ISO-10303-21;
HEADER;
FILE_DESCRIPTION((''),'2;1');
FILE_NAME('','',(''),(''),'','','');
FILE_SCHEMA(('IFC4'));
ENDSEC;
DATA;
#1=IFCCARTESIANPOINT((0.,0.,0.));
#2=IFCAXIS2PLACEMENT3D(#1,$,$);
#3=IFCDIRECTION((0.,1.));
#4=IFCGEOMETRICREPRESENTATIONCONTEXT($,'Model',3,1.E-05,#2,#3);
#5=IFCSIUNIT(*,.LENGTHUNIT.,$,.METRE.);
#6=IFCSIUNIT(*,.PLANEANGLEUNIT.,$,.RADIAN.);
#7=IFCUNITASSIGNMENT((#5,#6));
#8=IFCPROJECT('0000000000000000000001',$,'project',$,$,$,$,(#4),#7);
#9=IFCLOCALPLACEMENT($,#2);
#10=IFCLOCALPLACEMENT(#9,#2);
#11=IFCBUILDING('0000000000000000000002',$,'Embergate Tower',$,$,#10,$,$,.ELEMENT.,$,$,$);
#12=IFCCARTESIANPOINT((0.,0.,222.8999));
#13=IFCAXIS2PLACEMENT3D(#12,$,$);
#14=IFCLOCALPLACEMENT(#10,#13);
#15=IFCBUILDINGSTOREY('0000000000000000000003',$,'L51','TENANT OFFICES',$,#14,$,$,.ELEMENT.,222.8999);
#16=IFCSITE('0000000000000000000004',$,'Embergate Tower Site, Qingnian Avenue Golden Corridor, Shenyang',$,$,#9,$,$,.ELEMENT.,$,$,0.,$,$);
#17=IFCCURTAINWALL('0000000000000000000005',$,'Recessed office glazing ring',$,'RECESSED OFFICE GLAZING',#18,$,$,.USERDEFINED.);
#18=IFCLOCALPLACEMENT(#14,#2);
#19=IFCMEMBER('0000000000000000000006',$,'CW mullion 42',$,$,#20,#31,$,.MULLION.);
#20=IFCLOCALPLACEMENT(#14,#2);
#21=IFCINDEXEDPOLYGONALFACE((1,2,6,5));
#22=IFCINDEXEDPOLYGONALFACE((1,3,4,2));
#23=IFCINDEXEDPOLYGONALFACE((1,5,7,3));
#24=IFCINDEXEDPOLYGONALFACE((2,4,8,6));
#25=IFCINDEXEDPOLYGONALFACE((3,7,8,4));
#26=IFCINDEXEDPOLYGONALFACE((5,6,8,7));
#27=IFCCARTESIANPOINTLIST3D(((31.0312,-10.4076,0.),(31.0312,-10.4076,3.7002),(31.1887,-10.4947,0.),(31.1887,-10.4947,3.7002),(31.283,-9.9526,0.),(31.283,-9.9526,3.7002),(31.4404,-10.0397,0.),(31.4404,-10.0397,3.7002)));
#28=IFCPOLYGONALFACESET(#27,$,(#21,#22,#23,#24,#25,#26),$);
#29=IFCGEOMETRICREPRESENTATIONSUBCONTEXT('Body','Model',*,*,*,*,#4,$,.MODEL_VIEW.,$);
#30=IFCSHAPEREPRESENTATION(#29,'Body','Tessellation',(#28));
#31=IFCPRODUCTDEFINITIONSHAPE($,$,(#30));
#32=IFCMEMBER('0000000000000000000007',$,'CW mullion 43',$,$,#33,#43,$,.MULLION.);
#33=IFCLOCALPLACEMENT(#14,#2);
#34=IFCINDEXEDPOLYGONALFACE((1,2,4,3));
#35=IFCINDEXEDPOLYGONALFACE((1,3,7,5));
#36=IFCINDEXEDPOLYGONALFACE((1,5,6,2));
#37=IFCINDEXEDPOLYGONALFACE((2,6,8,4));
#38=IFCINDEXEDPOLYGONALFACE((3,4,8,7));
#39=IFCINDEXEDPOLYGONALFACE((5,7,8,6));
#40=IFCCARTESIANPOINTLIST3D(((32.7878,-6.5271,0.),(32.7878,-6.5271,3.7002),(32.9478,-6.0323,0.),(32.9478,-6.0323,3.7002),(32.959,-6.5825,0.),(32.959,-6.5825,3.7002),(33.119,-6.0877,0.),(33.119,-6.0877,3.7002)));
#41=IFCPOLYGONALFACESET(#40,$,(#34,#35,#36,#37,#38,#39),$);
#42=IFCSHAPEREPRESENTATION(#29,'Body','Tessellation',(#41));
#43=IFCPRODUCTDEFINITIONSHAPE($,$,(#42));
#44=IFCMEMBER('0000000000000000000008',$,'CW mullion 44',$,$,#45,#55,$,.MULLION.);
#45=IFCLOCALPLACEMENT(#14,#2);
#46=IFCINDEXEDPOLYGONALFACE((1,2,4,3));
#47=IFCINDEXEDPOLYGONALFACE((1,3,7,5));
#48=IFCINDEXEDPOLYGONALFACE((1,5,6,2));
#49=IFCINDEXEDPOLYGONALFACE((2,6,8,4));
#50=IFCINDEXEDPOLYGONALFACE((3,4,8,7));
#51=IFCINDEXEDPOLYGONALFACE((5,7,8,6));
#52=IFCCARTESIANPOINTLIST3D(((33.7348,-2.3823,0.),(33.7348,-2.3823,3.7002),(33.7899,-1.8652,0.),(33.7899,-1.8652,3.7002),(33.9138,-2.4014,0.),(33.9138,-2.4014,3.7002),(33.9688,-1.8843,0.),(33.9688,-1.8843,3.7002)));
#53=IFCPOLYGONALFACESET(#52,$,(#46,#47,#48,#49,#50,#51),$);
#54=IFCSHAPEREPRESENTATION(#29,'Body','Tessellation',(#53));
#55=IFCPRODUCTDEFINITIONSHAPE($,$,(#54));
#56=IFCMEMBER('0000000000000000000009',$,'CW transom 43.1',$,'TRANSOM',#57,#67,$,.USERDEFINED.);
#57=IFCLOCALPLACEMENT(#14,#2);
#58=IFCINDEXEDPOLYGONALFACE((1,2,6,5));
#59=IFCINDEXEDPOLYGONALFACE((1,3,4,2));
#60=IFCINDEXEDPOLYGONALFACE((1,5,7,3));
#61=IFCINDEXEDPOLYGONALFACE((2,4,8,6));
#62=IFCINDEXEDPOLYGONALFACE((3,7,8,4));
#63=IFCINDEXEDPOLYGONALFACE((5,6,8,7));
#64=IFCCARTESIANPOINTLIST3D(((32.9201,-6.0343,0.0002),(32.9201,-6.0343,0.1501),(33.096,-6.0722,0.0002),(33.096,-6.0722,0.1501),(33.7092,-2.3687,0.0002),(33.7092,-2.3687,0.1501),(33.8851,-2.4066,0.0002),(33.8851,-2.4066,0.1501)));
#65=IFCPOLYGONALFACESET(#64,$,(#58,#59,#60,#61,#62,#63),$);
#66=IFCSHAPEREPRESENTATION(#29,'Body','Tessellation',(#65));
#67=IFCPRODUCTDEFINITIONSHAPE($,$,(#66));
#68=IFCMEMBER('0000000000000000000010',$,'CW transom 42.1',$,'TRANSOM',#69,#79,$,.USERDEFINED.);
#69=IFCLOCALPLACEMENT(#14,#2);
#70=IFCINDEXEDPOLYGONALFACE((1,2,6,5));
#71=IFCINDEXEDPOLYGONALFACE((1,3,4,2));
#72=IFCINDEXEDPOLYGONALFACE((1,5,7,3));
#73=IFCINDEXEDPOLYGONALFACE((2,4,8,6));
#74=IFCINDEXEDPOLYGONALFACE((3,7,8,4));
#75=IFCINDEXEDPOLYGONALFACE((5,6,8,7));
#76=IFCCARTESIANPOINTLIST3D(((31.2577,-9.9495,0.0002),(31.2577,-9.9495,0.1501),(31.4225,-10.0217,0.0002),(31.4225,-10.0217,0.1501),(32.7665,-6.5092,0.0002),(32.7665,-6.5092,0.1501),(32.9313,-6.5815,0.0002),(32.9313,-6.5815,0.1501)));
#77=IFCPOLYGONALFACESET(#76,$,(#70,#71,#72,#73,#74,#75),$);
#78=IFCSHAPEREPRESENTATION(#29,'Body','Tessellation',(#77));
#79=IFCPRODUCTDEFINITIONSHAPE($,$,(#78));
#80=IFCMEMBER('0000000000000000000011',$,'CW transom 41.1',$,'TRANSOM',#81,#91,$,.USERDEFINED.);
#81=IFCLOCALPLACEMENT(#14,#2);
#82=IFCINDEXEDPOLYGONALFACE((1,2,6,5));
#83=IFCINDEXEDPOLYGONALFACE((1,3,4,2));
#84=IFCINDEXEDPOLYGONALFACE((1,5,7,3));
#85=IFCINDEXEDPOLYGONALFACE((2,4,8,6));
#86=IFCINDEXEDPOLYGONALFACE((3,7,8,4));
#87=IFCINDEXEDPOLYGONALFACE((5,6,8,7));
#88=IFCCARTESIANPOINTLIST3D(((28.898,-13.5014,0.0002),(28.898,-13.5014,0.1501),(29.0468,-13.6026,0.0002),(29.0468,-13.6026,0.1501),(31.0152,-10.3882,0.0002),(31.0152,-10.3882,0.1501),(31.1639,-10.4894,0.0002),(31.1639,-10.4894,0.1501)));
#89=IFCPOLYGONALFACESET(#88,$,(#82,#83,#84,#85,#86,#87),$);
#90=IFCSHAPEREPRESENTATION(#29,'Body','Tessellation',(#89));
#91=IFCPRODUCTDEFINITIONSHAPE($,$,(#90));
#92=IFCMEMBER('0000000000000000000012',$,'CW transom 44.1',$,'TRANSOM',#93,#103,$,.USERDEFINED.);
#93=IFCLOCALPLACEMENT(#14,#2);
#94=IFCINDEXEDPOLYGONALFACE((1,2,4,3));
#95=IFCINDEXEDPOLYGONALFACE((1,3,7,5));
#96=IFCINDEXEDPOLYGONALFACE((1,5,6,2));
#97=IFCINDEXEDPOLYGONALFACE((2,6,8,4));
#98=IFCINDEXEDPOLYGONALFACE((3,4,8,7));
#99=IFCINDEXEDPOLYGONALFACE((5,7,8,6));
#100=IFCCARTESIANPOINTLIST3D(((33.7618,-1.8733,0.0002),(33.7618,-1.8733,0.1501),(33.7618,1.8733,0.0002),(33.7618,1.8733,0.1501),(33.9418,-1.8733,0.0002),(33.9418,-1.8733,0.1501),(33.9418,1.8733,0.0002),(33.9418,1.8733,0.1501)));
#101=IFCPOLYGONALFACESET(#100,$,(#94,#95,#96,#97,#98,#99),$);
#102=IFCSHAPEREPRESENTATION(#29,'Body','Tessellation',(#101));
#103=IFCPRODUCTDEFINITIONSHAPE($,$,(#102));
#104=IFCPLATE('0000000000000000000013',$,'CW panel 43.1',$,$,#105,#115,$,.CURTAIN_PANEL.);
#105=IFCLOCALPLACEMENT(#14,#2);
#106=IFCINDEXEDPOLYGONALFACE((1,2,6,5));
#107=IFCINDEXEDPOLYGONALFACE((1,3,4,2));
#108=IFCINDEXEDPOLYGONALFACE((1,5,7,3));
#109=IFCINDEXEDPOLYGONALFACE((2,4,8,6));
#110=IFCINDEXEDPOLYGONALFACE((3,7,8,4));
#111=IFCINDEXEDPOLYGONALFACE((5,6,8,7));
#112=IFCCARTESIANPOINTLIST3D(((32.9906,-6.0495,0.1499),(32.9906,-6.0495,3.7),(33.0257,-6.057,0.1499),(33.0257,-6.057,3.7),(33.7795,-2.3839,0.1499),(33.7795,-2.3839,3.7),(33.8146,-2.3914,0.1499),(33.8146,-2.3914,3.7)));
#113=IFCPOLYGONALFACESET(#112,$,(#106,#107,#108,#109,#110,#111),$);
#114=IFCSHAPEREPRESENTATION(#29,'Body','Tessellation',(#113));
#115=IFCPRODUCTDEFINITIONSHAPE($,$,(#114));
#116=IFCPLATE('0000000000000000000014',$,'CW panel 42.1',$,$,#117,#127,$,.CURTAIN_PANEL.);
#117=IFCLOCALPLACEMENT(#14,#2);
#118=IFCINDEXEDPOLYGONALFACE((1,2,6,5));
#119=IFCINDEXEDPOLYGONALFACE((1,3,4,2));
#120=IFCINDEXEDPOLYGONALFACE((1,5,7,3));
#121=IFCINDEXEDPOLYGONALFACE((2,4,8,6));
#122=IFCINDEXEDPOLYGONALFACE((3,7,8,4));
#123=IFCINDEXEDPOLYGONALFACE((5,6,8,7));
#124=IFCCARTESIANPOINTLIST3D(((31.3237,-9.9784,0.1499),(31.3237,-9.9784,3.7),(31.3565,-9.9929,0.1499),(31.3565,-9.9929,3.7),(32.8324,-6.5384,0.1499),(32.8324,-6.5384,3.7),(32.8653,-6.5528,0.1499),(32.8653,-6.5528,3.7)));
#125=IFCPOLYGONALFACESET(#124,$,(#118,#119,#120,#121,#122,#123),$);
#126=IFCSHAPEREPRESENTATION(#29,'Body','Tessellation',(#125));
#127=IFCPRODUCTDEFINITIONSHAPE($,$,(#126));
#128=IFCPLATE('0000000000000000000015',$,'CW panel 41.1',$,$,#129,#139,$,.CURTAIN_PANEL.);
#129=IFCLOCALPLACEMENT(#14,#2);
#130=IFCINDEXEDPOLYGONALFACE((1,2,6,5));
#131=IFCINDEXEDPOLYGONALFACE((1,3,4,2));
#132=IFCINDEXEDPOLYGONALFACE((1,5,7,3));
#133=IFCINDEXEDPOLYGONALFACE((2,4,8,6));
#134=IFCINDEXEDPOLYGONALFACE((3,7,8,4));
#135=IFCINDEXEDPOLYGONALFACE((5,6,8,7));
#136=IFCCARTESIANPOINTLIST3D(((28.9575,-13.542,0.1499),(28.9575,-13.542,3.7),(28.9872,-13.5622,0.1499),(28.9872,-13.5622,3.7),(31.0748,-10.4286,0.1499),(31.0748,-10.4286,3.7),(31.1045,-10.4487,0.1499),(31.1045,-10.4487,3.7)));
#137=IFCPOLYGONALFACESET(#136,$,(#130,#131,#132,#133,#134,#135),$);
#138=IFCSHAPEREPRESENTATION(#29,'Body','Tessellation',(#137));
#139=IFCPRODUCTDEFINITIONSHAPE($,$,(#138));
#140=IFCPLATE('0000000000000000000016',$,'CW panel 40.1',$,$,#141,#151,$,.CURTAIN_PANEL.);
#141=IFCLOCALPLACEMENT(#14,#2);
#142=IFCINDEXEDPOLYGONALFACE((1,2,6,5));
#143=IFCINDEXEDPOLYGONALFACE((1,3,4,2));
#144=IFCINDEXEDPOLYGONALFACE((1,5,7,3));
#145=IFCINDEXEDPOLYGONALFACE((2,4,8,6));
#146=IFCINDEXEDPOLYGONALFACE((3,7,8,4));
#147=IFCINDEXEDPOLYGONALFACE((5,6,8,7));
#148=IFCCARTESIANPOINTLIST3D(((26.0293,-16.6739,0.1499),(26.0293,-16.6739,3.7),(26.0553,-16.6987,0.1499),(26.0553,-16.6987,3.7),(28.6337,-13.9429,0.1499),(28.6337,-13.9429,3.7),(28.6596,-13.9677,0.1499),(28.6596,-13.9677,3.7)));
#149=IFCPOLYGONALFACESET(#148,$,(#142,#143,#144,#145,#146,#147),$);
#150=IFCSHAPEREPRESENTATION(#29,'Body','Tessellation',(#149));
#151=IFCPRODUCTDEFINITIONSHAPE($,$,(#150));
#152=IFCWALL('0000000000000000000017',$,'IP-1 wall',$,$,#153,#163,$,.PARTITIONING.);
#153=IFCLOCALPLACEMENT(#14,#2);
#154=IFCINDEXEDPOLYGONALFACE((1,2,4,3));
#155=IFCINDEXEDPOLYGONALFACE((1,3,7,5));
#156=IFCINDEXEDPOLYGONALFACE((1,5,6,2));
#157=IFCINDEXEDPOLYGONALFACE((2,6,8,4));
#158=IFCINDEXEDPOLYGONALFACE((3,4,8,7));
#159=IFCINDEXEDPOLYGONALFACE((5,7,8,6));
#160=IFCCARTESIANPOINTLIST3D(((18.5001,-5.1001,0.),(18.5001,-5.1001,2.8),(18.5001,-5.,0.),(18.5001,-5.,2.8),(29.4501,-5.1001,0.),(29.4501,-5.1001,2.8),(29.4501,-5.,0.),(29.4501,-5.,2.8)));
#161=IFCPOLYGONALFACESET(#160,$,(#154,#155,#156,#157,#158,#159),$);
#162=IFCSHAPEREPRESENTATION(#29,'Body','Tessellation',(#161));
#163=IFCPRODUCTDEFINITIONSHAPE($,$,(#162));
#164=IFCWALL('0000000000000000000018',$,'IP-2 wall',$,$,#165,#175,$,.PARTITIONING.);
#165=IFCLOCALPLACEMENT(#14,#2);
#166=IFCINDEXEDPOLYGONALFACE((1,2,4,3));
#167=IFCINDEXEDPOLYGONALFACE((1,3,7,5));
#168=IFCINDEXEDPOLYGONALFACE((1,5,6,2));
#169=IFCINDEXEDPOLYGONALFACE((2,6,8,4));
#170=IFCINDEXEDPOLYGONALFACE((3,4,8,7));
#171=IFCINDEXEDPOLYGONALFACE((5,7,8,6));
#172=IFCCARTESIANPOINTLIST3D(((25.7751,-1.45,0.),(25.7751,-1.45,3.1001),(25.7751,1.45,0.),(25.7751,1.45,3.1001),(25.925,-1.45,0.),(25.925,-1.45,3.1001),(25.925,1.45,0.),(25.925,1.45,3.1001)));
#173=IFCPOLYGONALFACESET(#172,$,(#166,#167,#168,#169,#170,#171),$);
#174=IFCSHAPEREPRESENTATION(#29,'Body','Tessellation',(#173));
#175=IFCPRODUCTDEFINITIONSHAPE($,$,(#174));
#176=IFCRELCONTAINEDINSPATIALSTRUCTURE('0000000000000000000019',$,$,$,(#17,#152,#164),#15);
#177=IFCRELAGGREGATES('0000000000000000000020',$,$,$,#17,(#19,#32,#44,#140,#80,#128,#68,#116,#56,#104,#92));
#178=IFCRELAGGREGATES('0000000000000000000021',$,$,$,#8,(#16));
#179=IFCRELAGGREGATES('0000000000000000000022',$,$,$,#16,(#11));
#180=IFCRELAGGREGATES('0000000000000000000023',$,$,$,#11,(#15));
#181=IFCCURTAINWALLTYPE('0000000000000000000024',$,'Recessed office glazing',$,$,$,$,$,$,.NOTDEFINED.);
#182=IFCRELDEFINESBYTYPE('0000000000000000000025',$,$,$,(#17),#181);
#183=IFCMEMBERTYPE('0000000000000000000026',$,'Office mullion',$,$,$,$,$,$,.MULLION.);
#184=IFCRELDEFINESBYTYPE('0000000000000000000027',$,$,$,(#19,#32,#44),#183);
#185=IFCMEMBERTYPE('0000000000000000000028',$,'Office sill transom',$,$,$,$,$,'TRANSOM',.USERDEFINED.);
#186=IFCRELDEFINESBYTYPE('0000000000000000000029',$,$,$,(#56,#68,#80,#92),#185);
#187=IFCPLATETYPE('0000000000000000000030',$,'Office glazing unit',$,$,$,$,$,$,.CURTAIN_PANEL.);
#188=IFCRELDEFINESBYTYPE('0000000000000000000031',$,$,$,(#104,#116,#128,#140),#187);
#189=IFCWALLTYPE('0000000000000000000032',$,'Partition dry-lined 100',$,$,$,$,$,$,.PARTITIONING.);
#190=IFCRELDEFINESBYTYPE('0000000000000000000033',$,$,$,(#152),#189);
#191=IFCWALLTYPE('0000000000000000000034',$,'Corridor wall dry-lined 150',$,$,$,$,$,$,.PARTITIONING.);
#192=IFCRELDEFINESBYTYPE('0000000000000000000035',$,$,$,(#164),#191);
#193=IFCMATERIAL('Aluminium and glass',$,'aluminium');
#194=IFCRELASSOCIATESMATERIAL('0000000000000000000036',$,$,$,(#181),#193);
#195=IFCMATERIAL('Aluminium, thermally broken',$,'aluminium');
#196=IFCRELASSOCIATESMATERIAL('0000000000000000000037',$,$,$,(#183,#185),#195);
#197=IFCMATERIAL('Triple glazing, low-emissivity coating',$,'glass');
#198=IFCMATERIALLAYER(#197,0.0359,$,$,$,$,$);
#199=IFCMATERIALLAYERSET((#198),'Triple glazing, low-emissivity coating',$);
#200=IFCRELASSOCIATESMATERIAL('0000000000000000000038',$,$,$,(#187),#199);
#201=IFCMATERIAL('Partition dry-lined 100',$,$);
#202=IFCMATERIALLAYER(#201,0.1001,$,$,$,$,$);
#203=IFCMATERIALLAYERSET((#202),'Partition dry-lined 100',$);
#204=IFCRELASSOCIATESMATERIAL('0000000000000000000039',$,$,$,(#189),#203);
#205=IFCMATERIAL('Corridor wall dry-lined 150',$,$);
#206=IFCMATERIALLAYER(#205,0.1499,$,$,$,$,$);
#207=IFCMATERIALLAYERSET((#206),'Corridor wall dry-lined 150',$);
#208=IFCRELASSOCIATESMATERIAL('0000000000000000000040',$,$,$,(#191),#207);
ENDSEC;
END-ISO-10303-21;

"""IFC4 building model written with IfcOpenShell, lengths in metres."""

from ifc_helpers import new_model, si_unit, direction, frame, frame_2d, origin, origin_2d, place, context, subcontext, project, spatial, rectangle, extrude, source, transform, mapped, material, layer, layer_set, material_profile, profile_set, type_object, element, aggregate, save


model = new_model("IFC4")

# Units and contexts
model_context = context("Model", 3, precision=1e-05, world=origin(), true_north=direction((0.0, 1.0)))
body_context = subcontext(model_context, "Body", "Model", "MODEL_VIEW")
ifc_project = project(units=[si_unit("LENGTHUNIT", "METRE"), si_unit("PLANEANGLEUNIT", "RADIAN")], contexts=[model_context])

# Site, building, storey
site_placement = place(None, origin())
site = spatial("IfcSite", under=ifc_project, at=site_placement, Name="Embergate Tower Site, Qingnian Avenue Golden Corridor, Shenyang", CompositionType="ELEMENT", RefElevation=0.0)
building_placement = place(site_placement, origin())
building = spatial("IfcBuilding", under=site, at=building_placement, Name="Embergate Tower", CompositionType="ELEMENT")
storey_placement = place(building_placement, frame((0.0, 0.0, 222.8999)))
storey = spatial("IfcBuildingStorey", under=building, at=storey_placement, Name="L51", Description="TENANT OFFICES", CompositionType="ELEMENT", Elevation=222.8999)

# Curtain wall, members, plates
ifc_material_1 = material(Name="Aluminium and glass", Category="aluminium")
curtain_wall_type = type_object("IfcCurtainWallType", Name="Recessed office glazing", PredefinedType="NOTDEFINED", material=ifc_material_1)
curtain_wall_placement = place(storey_placement, origin())
curtain_wall = element("IfcCurtainWall", 1, at=curtain_wall_placement, inside=storey, type_object=curtain_wall_type, Name="Recessed office glazing ring", ObjectType="RECESSED OFFICE GLAZING", PredefinedType="USERDEFINED")
ifc_material_2 = material(Name="Aluminium, thermally broken", Category="aluminium")
ifc_material_profile_1 = material_profile(ifc_material_2, rectangle(XDim=0.1799, YDim=0.52, at=origin_2d()), Name="AL 520x180")
ifc_profile_set_1 = profile_set([ifc_material_profile_1], Name="Aluminium, thermally broken")
member_type_1 = type_object("IfcMemberType", Name="Office mullion", PredefinedType="MULLION", material=ifc_profile_set_1)
shared_shape_1 = source(origin(), body_context, "Body", "SweptSolid", [
    extrude(rectangle(XDim=0.1799, YDim=0.52, at=origin_2d()), origin(), (0.0, 0.0, 1.0), 3.7002),
])
member_1_placement = place(storey_placement, frame((31.2358, -10.2236, 0.0), z_axis=(0.0, 0.0, 1.0), x_axis=(-0.875001, 0.484121, 0.0)))
member_1 = element("IfcMember", 2, at=member_1_placement, type_object=member_type_1, Name="CW mullion 42", PredefinedType="MULLION", context=body_context, shape_type="MappedRepresentation", body=[
    mapped(shared_shape_1, transform((0.0, 0.0, 0.0))),
])
member_2_placement = place(storey_placement, frame((32.9534, -6.3074, 0.0), z_axis=(0.0, 0.0, 1.0), x_axis=(-0.951497, 0.307657, 0.0)))
member_2 = element("IfcMember", 3, at=member_2_placement, type_object=member_type_1, Name="CW mullion 43", PredefinedType="MULLION", context=body_context, shape_type="MappedRepresentation", body=[
    mapped(shared_shape_1, transform((0.0, 0.0, 0.0))),
])
member_3_placement = place(storey_placement, frame((33.8518, -2.1333, 0.0), z_axis=(0.0, 0.0, 1.0), x_axis=(-0.994385, 0.105825, 0.0)))
member_3 = element("IfcMember", 4, at=member_3_placement, type_object=member_type_1, Name="CW mullion 44", PredefinedType="MULLION", context=body_context, shape_type="MappedRepresentation", body=[
    mapped(shared_shape_1, transform((0.0, 0.0, 0.0))),
])
ifc_material_profile_2 = material_profile(ifc_material_2, rectangle(XDim=0.1799, YDim=0.1499, at=origin_2d()), Name="AL 150x180")
ifc_profile_set_2 = profile_set([ifc_material_profile_2], Name="Aluminium, thermally broken")
member_type_2 = type_object("IfcMemberType", Name="Office sill transom", ElementType="TRANSOM", PredefinedType="USERDEFINED", material=ifc_profile_set_2)
shared_shape_2 = source(origin(), body_context, "Body", "SweptSolid", [
    extrude(rectangle(XDim=0.1799, YDim=0.1499, at=origin_2d()), origin(), (0.0, 0.0, 1.0), 3.7495),
])
member_4_placement = place(storey_placement, frame((33.0081, -6.0532, 0.0752), z_axis=(0.210445, 0.977606, 0.0), x_axis=(-0.977606, 0.210445, 0.0)))
member_4 = element("IfcMember", 5, at=member_4_placement, type_object=member_type_2, Name="CW transom 43.1", ObjectType="TRANSOM", PredefinedType="USERDEFINED", context=body_context, shape_type="MappedRepresentation", body=[
    mapped(shared_shape_2, transform((0.0, 0.0, 0.0))),
])
shared_shape_3 = source(origin(), body_context, "Body", "SweptSolid", [
    extrude(rectangle(XDim=0.1799, YDim=0.1499, at=origin_2d()), origin(), (0.0, 0.0, 1.0), 3.7566),
])
member_5_placement = place(storey_placement, frame((31.3401, -9.9856, 0.0752), z_axis=(0.401647, 0.915794, 0.0), x_axis=(-0.915794, 0.401647, 0.0)))
member_5 = element("IfcMember", 6, at=member_5_placement, type_object=member_type_2, Name="CW transom 42.1", ObjectType="TRANSOM", PredefinedType="USERDEFINED", context=body_context, shape_type="MappedRepresentation", body=[
    mapped(shared_shape_3, transform((0.0, 0.0, 0.0))),
])
shared_shape_4 = source(origin(), body_context, "Body", "SweptSolid", [
    extrude(rectangle(XDim=0.1799, YDim=0.1499, at=origin_2d()), origin(), (0.0, 0.0, 1.0), 3.7649),
])
member_6_placement = place(storey_placement, frame((28.9724, -13.552, 0.0752), z_axis=(0.562338, 0.826907, 0.0), x_axis=(-0.826907, 0.562338, 0.0)))
member_6 = element("IfcMember", 7, at=member_6_placement, type_object=member_type_2, Name="CW transom 41.1", ObjectType="TRANSOM", PredefinedType="USERDEFINED", context=body_context, shape_type="MappedRepresentation", body=[
    mapped(shared_shape_4, transform((0.0, 0.0, 0.0))),
])
shared_shape_5 = source(origin(), body_context, "Body", "SweptSolid", [
    extrude(rectangle(XDim=0.1799, YDim=0.1499, at=origin_2d()), origin(), (0.0, 0.0, 1.0), 3.7466),
])
member_7_placement = place(storey_placement, frame((33.8518, -1.8733, 0.0752), z_axis=(0.0, 1.0, 0.0), x_axis=(-1.0, 0.0, 0.0)))
member_7 = element("IfcMember", 8, at=member_7_placement, type_object=member_type_2, Name="CW transom 44.1", ObjectType="TRANSOM", PredefinedType="USERDEFINED", context=body_context, shape_type="MappedRepresentation", body=[
    mapped(shared_shape_5, transform((0.0, 0.0, 0.0))),
])
ifc_material_3 = material(Name="Triple glazing, low-emissivity coating", Category="glass")
ifc_layer_1 = layer(ifc_material_3, 0.0359)
ifc_layer_set_1 = layer_set([ifc_layer_1], Name="Triple glazing, low-emissivity coating")
plate_type = type_object("IfcPlateType", Name="Office glazing unit", PredefinedType="CURTAIN_PANEL", material=ifc_layer_set_1)
shared_shape_6 = source(origin(), body_context, "Body", "SweptSolid", [
    extrude(rectangle(XDim=3.7495, YDim=0.0359, at=origin_2d()), origin(), (0.0, 0.0, 1.0), 3.55),
])
plate_1_placement = place(storey_placement, frame((33.4026, -4.2205, 0.1499), z_axis=(0.0, 0.0, 1.0), x_axis=(0.210397, 0.977616, 0.0)))
plate_1 = element("IfcPlate", 9, at=plate_1_placement, type_object=plate_type, Name="CW panel 43.1", PredefinedType="CURTAIN_PANEL", context=body_context, shape_type="MappedRepresentation", body=[
    mapped(shared_shape_6, transform((0.0, 0.0, 0.0))),
])
shared_shape_7 = source(origin(), body_context, "Body", "SweptSolid", [
    extrude(rectangle(XDim=3.7563, YDim=0.0359, at=origin_2d()), origin(), (0.0, 0.0, 1.0), 3.55),
])
plate_2_placement = place(storey_placement, frame((32.0945, -8.2656, 0.1499), z_axis=(0.0, 0.0, 1.0), x_axis=(0.401649, 0.915794, 0.0)))
plate_2 = element("IfcPlate", 10, at=plate_2_placement, type_object=plate_type, Name="CW panel 42.1", PredefinedType="CURTAIN_PANEL", context=body_context, shape_type="MappedRepresentation", body=[
    mapped(shared_shape_7, transform((0.0, 0.0, 0.0))),
])
shared_shape_8 = source(origin(), body_context, "Body", "SweptSolid", [
    extrude(rectangle(XDim=3.7651, YDim=0.0359, at=origin_2d()), origin(), (0.0, 0.0, 1.0), 3.55),
])
plate_3_placement = place(storey_placement, frame((30.031, -11.9954, 0.1499), z_axis=(0.0, 0.0, 1.0), x_axis=(0.562339, 0.826907, 0.0)))
plate_3 = element("IfcPlate", 11, at=plate_3_placement, type_object=plate_type, Name="CW panel 41.1", PredefinedType="CURTAIN_PANEL", context=body_context, shape_type="MappedRepresentation", body=[
    mapped(shared_shape_8, transform((0.0, 0.0, 0.0))),
])
shared_shape_9 = source(origin(), body_context, "Body", "SweptSolid", [
    extrude(rectangle(XDim=3.7737, YDim=0.0359, at=origin_2d()), origin(), (0.0, 0.0, 1.0), 3.55),
])
plate_4_placement = place(storey_placement, frame((27.3445, -15.3208, 0.1499), z_axis=(0.0, 0.0, 1.0), x_axis=(0.69013, 0.723685, 0.0)))
plate_4 = element("IfcPlate", 12, at=plate_4_placement, type_object=plate_type, Name="CW panel 40.1", PredefinedType="CURTAIN_PANEL", context=body_context, shape_type="MappedRepresentation", body=[
    mapped(shared_shape_9, transform((0.0, 0.0, 0.0))),
])
aggregate(curtain_wall, [member_1, member_2, member_3, plate_4, member_6, plate_3, member_5, plate_2, member_4, plate_1, member_7])

# Walls
ifc_material_4 = material(Name="Partition dry-lined 100")
ifc_layer_2 = layer(ifc_material_4, 0.1001)
ifc_layer_set_2 = layer_set([ifc_layer_2], Name="Partition dry-lined 100")
wall_type_1 = type_object("IfcWallType", Name="Partition dry-lined 100", PredefinedType="PARTITIONING", material=ifc_layer_set_2)
shared_shape_10 = source(origin(), body_context, "Body", "SweptSolid", [
    extrude(rectangle(XDim=10.95, YDim=0.1001, at=frame_2d((5.4751, 0.0))), origin(), (0.0, 0.0, 1.0), 2.8),
])
wall_1_placement = place(storey_placement, frame((18.5, -5.05, 0.0), z_axis=(0.0, 0.0, 1.0), x_axis=(1.0, 0.0, 0.0)))
element("IfcWall", 13, at=wall_1_placement, inside=storey, type_object=wall_type_1, Name="IP-1 wall", PredefinedType="PARTITIONING", context=body_context, shape_type="MappedRepresentation", body=[
    mapped(shared_shape_10, transform((0.0, 0.0, 0.0))),
])
ifc_material_5 = material(Name="Corridor wall dry-lined 150")
ifc_layer_3 = layer(ifc_material_5, 0.1499)
ifc_layer_set_3 = layer_set([ifc_layer_3], Name="Corridor wall dry-lined 150")
wall_type_2 = type_object("IfcWallType", Name="Corridor wall dry-lined 150", PredefinedType="PARTITIONING", material=ifc_layer_set_3)
shared_shape_11 = source(origin(), body_context, "Body", "SweptSolid", [
    extrude(rectangle(XDim=2.8999, YDim=0.1499, at=frame_2d((1.45, 0.0))), origin(), (0.0, 0.0, 1.0), 3.1001),
])
wall_2_placement = place(storey_placement, frame((25.8501, -1.45, 0.0), z_axis=(0.0, 0.0, 1.0), x_axis=(0.0, 1.0, 0.0)))
element("IfcWall", 14, at=wall_2_placement, inside=storey, type_object=wall_type_2, Name="IP-2 wall", PredefinedType="PARTITIONING", context=body_context, shape_type="MappedRepresentation", body=[
    mapped(shared_shape_11, transform((0.0, 0.0, 0.0))),
])

save(model, "model.ifc")
